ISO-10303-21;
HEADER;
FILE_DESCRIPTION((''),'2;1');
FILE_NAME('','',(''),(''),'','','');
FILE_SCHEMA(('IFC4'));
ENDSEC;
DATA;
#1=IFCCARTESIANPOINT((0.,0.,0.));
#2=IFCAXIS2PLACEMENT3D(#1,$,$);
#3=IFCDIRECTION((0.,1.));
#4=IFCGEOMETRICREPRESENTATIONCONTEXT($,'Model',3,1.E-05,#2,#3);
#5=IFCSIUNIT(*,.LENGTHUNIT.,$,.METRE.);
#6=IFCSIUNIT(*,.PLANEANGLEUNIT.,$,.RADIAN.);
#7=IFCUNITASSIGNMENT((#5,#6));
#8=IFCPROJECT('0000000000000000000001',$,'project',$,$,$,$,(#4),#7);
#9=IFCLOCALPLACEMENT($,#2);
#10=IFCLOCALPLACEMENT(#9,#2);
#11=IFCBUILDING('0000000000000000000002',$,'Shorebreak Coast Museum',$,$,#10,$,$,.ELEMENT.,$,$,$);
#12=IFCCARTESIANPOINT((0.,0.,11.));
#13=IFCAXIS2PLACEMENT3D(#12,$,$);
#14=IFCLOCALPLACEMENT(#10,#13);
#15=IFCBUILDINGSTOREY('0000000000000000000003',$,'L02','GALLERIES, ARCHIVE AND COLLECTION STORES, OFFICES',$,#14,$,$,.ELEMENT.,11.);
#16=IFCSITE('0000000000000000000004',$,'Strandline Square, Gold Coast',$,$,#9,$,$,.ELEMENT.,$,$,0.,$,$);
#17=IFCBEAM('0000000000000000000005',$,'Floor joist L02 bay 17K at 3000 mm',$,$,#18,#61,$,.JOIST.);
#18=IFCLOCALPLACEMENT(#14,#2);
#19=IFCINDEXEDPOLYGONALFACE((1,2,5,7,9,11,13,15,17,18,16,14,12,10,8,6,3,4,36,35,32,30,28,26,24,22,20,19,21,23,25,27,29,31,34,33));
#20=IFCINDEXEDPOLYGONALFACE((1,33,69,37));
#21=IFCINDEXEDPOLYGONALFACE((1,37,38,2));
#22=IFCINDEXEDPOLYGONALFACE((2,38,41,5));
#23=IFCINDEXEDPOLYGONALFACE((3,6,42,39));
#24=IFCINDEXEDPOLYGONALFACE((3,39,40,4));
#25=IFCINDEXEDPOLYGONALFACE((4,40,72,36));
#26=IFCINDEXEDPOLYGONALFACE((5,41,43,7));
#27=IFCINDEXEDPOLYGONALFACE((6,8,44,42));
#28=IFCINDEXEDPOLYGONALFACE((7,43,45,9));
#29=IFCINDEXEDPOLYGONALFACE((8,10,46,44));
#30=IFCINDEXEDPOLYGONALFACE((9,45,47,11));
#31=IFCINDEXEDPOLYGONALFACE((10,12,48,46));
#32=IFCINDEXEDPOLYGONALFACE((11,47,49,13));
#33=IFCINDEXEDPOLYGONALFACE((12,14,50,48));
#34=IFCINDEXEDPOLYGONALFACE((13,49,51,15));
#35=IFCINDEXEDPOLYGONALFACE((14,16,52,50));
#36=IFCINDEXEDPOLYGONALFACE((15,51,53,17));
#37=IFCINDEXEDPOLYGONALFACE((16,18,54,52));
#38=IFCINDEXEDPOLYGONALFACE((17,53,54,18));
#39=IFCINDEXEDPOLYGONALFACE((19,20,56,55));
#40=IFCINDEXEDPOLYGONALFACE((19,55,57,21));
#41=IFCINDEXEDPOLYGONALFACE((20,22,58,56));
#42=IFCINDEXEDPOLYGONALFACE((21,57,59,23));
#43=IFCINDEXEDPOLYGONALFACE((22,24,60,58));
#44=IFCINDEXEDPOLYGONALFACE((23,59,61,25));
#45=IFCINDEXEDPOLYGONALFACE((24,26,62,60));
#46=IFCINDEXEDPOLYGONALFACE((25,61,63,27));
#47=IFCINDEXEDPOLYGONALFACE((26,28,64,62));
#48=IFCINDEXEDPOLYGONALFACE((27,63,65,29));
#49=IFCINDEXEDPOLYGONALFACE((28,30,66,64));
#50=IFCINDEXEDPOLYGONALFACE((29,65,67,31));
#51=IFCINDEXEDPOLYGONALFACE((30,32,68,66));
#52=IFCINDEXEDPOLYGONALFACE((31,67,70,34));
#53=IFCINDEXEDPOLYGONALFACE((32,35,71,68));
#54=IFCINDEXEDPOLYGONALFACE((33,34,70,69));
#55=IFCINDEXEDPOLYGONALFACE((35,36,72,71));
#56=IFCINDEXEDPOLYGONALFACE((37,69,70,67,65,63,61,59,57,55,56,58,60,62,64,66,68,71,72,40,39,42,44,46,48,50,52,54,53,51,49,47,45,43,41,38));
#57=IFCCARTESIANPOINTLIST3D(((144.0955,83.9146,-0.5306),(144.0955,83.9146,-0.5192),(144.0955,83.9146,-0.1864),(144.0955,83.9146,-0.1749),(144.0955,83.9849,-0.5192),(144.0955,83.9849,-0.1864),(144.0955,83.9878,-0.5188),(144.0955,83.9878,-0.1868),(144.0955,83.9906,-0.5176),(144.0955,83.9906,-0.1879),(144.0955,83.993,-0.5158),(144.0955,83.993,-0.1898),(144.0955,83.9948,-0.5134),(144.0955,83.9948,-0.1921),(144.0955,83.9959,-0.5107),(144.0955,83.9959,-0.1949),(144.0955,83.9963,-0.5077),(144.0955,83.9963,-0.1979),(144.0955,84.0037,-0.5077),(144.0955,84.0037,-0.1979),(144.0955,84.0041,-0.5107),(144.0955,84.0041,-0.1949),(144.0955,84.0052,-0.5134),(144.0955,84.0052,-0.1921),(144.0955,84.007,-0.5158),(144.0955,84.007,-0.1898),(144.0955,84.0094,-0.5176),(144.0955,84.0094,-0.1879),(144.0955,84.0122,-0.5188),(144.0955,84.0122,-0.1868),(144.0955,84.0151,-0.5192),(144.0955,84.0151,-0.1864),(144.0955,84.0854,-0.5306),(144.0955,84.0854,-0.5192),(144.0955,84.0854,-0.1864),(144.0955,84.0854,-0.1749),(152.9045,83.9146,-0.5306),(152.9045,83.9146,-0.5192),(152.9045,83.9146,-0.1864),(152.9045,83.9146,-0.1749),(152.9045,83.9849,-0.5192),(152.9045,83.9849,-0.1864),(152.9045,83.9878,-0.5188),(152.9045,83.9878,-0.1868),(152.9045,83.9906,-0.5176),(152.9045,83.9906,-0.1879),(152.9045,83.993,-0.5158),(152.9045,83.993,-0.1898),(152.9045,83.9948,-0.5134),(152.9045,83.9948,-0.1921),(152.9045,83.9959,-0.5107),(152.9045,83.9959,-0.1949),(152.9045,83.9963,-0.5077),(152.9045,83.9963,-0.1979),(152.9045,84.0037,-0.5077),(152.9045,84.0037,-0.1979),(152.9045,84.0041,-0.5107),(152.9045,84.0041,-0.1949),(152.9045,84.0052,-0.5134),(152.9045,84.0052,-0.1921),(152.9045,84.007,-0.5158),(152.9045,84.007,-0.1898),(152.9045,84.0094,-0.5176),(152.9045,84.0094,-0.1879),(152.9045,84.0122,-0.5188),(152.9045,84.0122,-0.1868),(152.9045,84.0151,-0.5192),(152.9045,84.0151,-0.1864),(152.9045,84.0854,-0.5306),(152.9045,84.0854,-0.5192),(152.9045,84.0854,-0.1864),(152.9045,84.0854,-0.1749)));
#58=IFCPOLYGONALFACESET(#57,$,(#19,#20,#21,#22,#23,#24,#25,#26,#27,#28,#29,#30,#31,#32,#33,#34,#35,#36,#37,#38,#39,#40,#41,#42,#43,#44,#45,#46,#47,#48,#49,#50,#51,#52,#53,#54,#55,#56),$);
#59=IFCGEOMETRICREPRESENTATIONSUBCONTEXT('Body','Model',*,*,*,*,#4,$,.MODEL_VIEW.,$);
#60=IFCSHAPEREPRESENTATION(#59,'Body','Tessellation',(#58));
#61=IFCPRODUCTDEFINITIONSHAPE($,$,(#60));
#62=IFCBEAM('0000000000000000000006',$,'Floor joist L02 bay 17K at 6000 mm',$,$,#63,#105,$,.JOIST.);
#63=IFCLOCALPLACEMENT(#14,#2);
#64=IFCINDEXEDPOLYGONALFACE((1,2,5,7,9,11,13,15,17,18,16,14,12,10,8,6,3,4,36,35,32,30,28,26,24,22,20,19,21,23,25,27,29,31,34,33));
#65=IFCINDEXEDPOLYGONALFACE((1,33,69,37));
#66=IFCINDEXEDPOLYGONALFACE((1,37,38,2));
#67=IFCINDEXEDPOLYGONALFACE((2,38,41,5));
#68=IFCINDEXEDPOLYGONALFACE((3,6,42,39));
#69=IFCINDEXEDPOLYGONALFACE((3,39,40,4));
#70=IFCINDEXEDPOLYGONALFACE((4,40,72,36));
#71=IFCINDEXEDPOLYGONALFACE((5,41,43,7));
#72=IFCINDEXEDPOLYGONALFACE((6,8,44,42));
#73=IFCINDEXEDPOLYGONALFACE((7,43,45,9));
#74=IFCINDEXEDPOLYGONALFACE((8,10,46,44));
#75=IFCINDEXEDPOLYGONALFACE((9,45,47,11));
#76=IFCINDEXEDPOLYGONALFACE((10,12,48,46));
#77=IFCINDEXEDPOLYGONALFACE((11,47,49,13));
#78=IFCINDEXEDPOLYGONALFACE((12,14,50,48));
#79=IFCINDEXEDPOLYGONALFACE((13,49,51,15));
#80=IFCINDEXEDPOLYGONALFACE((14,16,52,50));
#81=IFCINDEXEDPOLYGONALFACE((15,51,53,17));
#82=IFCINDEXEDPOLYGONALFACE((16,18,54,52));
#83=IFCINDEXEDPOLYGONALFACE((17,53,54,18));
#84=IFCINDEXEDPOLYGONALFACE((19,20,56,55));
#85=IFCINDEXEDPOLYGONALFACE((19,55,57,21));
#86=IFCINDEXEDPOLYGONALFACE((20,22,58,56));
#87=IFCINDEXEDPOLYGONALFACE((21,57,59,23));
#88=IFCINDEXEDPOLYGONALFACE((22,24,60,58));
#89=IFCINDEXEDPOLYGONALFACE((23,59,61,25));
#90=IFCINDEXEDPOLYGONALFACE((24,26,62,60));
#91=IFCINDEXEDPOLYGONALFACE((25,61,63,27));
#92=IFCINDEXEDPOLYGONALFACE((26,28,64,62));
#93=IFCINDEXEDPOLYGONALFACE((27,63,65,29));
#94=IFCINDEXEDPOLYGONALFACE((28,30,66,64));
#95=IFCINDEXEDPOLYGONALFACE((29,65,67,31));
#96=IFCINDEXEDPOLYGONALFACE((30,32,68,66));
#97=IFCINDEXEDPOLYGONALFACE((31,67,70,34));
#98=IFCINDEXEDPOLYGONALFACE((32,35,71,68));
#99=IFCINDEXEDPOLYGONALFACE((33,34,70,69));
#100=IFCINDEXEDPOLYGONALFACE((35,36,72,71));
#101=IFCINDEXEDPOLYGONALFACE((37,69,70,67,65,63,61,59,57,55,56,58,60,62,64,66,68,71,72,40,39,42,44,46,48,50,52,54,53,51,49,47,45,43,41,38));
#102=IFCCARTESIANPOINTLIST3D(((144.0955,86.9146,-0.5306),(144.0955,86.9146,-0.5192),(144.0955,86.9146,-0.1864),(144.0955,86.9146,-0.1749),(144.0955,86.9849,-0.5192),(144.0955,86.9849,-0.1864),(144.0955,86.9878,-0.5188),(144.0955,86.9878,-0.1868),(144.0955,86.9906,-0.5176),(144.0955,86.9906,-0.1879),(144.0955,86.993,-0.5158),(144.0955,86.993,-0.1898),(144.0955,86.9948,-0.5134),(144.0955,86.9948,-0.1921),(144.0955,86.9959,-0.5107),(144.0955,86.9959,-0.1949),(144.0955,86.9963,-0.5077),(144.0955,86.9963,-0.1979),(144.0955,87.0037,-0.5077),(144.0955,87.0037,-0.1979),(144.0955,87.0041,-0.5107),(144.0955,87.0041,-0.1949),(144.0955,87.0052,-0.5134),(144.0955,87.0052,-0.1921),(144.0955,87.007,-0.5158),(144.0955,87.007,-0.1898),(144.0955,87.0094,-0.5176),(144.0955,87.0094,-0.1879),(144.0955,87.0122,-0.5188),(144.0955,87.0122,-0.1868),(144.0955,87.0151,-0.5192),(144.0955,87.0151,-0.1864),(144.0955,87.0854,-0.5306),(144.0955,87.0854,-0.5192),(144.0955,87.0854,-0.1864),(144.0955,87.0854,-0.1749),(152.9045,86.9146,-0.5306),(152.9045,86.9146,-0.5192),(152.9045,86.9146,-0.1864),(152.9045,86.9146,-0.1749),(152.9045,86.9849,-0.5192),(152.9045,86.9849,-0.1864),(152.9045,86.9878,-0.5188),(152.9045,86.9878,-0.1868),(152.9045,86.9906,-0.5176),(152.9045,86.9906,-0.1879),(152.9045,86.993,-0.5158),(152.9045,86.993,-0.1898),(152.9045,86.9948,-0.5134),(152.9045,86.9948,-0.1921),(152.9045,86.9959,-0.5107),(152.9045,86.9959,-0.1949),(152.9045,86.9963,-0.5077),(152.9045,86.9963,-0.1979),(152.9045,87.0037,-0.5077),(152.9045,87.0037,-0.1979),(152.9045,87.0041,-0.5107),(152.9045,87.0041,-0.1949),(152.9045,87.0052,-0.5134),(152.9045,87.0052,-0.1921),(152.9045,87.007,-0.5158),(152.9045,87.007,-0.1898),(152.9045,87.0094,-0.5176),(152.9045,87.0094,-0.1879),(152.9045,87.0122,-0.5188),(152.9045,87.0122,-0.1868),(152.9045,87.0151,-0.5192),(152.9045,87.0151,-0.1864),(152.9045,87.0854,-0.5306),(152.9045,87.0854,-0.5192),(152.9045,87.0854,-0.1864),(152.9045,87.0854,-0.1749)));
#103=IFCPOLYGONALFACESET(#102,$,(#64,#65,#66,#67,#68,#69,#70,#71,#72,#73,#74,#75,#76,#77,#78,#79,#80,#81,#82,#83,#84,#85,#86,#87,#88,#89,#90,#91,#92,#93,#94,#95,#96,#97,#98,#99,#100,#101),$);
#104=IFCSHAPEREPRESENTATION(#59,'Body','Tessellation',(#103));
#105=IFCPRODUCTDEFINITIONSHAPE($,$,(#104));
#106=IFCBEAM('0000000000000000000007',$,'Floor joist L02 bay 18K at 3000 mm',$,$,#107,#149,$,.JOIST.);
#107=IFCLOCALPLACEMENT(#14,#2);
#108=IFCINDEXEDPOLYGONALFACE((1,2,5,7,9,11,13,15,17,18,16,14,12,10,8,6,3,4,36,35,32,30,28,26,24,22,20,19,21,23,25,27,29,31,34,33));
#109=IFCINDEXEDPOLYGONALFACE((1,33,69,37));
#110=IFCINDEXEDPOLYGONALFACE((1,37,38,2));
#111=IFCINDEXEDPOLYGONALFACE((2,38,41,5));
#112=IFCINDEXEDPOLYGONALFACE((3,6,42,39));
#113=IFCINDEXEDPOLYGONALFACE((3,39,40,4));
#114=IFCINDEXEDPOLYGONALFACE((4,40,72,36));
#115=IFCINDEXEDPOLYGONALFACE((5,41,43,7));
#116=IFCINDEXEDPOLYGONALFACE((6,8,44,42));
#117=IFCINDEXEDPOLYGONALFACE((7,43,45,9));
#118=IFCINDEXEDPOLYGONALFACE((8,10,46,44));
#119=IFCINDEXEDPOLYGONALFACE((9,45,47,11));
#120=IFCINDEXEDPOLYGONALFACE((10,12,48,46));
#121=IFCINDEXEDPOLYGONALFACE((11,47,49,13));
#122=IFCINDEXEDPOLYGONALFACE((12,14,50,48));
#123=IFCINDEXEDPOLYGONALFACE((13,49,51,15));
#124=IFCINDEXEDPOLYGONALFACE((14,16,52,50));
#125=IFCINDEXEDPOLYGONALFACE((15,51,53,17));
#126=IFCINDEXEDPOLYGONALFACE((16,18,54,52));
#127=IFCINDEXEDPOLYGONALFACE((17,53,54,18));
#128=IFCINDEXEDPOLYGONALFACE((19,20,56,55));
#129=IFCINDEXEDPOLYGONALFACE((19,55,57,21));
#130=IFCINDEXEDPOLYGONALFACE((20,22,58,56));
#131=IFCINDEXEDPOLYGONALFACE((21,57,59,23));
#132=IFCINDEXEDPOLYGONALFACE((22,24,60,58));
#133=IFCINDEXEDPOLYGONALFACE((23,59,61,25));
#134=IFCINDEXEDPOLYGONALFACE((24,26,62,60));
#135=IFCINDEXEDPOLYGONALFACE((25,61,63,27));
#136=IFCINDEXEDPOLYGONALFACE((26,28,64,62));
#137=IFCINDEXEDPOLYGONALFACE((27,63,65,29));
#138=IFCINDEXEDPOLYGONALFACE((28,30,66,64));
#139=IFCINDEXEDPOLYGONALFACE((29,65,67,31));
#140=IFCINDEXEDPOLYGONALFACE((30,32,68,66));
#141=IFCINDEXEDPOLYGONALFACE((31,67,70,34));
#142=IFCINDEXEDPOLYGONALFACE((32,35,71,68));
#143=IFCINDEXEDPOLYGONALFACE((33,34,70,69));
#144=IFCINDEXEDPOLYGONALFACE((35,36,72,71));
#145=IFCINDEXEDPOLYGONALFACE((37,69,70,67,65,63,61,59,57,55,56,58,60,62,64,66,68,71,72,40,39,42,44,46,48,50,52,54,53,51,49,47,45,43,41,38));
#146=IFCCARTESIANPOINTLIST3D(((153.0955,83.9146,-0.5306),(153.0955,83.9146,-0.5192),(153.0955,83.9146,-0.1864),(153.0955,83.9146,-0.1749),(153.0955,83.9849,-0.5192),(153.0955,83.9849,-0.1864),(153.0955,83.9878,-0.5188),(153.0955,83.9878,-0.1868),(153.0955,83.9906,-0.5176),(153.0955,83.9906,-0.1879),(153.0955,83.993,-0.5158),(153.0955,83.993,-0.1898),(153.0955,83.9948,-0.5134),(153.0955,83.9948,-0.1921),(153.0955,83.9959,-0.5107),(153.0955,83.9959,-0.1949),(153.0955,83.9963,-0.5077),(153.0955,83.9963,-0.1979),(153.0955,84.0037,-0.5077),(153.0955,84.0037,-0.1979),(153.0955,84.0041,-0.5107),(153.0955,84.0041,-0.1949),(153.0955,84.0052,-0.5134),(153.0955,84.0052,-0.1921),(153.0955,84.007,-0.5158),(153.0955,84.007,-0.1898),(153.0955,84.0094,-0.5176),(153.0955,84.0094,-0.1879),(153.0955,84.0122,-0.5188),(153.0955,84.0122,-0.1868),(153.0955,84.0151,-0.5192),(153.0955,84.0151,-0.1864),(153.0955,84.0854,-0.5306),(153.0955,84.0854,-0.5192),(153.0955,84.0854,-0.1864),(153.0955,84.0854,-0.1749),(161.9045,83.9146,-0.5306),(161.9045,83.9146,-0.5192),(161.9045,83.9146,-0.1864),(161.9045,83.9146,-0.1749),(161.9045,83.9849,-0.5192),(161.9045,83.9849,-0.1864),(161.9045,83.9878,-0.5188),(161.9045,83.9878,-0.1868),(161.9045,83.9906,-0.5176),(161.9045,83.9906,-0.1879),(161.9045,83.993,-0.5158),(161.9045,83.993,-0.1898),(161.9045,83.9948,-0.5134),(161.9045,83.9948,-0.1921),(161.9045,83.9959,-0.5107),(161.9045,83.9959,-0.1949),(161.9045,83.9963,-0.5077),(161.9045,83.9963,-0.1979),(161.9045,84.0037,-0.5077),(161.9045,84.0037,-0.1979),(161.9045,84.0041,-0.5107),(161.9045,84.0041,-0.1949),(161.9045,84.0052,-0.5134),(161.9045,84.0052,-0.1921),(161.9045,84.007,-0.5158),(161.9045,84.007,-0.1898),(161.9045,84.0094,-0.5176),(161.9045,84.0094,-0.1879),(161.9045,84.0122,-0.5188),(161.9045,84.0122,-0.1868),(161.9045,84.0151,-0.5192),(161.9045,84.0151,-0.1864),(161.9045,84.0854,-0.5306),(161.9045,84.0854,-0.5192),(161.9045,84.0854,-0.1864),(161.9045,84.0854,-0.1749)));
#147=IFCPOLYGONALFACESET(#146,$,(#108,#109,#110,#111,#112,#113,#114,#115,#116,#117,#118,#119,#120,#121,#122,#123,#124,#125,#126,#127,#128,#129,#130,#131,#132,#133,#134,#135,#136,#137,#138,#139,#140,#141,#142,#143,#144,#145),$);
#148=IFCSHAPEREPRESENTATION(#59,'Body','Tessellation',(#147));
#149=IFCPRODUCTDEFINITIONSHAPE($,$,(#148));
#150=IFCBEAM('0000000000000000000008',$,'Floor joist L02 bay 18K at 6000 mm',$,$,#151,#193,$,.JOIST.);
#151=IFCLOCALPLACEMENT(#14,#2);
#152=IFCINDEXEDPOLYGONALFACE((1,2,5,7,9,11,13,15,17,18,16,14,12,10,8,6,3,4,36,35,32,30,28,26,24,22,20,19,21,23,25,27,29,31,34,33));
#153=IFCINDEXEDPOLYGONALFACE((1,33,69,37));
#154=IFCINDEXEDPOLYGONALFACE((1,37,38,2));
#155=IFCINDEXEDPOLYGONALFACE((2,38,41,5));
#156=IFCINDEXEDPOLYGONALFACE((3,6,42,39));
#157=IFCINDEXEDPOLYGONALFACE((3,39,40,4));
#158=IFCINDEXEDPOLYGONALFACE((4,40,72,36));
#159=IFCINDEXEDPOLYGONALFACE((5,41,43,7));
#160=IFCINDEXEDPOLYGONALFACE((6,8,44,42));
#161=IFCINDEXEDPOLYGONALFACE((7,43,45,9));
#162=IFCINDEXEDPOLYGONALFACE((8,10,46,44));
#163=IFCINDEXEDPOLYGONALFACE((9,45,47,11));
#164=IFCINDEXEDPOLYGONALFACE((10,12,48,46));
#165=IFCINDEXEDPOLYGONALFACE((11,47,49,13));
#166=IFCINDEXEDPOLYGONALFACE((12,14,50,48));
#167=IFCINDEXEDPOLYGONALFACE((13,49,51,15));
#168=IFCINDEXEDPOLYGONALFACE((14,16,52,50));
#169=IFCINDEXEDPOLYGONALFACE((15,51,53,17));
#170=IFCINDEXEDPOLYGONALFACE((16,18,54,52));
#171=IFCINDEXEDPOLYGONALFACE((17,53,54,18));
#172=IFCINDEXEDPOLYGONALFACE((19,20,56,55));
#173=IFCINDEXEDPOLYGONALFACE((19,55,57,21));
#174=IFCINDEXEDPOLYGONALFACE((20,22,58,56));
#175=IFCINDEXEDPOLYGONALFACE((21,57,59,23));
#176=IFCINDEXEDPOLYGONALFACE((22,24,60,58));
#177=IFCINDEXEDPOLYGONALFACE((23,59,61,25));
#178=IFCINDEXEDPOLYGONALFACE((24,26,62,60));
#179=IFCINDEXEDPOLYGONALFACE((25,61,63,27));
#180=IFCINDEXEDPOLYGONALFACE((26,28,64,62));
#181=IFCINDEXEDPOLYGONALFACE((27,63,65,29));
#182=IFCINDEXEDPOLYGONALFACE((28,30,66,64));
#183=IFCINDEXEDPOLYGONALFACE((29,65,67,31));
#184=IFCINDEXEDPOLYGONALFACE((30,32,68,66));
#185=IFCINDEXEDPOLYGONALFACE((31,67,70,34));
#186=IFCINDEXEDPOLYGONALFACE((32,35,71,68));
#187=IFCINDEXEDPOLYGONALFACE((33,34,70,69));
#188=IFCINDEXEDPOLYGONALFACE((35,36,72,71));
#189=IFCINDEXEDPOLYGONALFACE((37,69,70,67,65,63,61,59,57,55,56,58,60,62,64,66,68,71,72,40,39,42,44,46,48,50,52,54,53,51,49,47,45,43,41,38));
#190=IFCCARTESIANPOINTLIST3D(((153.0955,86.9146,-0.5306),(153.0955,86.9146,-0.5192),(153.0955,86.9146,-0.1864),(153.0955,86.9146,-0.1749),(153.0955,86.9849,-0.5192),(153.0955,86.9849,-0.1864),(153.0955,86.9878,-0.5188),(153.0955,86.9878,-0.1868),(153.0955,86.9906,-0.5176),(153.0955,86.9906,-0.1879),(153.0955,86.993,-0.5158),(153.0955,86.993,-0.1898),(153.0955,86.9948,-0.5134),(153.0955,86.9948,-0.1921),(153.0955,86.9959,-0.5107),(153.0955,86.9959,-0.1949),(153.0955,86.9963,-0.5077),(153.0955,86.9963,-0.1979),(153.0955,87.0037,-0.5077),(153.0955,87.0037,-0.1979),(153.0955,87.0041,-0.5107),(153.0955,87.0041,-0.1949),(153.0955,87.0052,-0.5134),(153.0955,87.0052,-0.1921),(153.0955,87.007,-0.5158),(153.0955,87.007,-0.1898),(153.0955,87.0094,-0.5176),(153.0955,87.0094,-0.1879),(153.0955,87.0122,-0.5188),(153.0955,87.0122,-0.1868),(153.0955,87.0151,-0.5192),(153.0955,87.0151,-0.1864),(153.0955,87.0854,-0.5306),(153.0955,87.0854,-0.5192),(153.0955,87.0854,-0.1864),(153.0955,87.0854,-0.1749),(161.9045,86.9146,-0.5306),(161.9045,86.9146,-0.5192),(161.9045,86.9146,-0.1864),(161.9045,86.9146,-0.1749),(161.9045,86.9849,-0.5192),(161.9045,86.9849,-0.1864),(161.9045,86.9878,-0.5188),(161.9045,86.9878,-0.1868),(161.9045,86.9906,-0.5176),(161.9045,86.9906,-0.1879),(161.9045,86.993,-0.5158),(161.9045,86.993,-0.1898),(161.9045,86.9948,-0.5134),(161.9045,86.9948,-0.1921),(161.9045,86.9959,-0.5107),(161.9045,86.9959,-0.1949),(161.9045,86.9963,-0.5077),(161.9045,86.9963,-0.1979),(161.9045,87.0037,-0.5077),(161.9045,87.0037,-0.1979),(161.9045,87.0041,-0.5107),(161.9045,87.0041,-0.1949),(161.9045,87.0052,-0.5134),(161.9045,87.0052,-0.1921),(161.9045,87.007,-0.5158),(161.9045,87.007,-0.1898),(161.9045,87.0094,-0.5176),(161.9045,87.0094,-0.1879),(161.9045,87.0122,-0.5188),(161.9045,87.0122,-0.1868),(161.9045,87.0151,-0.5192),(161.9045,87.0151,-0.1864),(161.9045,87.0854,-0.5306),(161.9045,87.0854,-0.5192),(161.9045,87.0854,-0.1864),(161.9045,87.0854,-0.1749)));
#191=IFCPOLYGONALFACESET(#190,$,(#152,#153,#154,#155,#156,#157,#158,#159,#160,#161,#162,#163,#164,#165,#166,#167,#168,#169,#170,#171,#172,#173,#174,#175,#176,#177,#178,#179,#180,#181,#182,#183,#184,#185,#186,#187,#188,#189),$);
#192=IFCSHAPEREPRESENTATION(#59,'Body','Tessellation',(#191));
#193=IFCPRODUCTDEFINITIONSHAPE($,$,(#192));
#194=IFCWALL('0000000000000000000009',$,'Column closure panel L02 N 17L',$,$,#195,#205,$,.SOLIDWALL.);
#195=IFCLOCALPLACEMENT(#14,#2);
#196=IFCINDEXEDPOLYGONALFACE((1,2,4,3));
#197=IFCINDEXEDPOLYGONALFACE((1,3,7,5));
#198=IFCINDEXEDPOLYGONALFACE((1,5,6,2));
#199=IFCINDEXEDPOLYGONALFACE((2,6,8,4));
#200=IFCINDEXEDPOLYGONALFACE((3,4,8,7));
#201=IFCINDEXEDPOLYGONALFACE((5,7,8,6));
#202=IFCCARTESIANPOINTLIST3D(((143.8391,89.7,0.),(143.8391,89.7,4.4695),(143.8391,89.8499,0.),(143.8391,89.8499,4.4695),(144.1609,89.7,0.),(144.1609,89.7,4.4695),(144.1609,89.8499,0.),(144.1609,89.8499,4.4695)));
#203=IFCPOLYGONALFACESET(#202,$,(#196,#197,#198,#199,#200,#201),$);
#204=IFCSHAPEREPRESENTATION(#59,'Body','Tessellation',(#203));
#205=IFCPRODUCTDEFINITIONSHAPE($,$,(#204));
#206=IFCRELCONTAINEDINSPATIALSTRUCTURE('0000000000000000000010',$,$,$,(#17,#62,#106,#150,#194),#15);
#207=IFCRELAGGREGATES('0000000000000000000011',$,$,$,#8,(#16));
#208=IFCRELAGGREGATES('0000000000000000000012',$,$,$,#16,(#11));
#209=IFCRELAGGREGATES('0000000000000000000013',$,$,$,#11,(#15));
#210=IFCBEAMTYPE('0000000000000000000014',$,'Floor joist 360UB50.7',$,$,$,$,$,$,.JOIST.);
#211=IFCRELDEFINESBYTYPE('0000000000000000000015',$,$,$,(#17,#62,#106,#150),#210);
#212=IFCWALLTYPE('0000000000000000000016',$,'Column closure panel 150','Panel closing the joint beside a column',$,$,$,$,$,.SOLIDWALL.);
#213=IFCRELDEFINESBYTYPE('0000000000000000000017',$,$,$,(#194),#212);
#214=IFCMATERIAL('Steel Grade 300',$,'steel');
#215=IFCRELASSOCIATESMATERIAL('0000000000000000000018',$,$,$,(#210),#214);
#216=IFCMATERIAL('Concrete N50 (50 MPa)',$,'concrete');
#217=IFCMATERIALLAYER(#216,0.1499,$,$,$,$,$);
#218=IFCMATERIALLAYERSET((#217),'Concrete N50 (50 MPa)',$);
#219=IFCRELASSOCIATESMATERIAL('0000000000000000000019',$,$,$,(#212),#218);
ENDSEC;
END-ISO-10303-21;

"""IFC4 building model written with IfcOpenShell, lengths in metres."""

from ifc_helpers import new_model, si_unit, direction, frame, frame_2d, origin, origin_2d, place, context, subcontext, project, spatial, rectangle, i_section, extrude, material, layer, layer_set, material_profile, profile_set, type_object, element, save


model = new_model("IFC4")

# Units and contexts
model_context = context("Model", 3, precision=1e-05, world=origin(), true_north=direction((0.0, 1.0)))
body_context = subcontext(model_context, "Body", "Model", "MODEL_VIEW")
ifc_project = project(units=[si_unit("LENGTHUNIT", "METRE"), si_unit("PLANEANGLEUNIT", "RADIAN")], contexts=[model_context])

# Site, building, storey
site_placement = place(None, origin())
site = spatial("IfcSite", under=ifc_project, at=site_placement, Name="Strandline Square, Gold Coast", CompositionType="ELEMENT", RefElevation=0.0)
building_placement = place(site_placement, origin())
building = spatial("IfcBuilding", under=site, at=building_placement, Name="Shorebreak Coast Museum", CompositionType="ELEMENT")
storey_placement = place(building_placement, frame((0.0, 0.0, 11.0)))
storey = spatial("IfcBuildingStorey", under=building, at=storey_placement, Name="L02", Description="GALLERIES, ARCHIVE AND COLLECTION STORES, OFFICES", CompositionType="ELEMENT", Elevation=11.0)

# Beams
ifc_material_1 = material(Name="Steel Grade 300", Category="steel")
ifc_material_profile_1 = material_profile(ifc_material_1, i_section(OverallWidth=0.1709, OverallDepth=0.3557, WebThickness=0.0073, FlangeThickness=0.0115, FilletRadius=0.0115, at=origin_2d()), Name="360UB50.7")
ifc_profile_set_1 = profile_set([ifc_material_profile_1], Name="Steel Grade 300")
beam_type_1 = type_object("IfcBeamType", Name="Floor joist 360UB50.7", PredefinedType="JOIST", material=ifc_profile_set_1)
for number, where, z_axis, x_axis, name in (
    (1, (144.0955, 84.0, -0.3528), (1.0, 0.0, 0.0), (0.0, 1.0, 0.0), "Floor joist L02 bay 17K at 3000 mm"),
    (2, (144.0955, 87.0, -0.3528), (1.0, 0.0, 0.0), (0.0, 1.0, 0.0), "Floor joist L02 bay 17K at 6000 mm"),
    (3, (153.0955, 84.0, -0.3528), (1.0, 0.0, 0.0), (0.0, 1.0, 0.0), "Floor joist L02 bay 18K at 3000 mm"),
    (4, (153.0955, 87.0, -0.3528), (1.0, 0.0, 0.0), (0.0, 1.0, 0.0), "Floor joist L02 bay 18K at 6000 mm"),
):
    element("IfcBeam", number, at=place(storey_placement, frame(where, z_axis=z_axis, x_axis=x_axis)), inside=storey, type_object=beam_type_1, Name=name, PredefinedType="JOIST", context=body_context, shape_type="SweptSolid", body=[
        extrude(i_section(OverallWidth=0.1709, OverallDepth=0.3557, WebThickness=0.0073, FlangeThickness=0.0115, FilletRadius=0.0115, at=origin_2d()), origin(), (0.0, 0.0, 1.0), 8.8091),
    ])

# Wall
ifc_material_2 = material(Name="Concrete N50 (50 MPa)", Category="concrete")
ifc_layer_1 = layer(ifc_material_2, 0.1499)
ifc_layer_set_1 = layer_set([ifc_layer_1], Name="Concrete N50 (50 MPa)")
wall_type_1 = type_object("IfcWallType", Name="Column closure panel 150", Description="Panel closing the joint beside a column", PredefinedType="SOLIDWALL", material=ifc_layer_set_1)
for number, where, z_axis, x_axis, name in (
    (5, (143.8391, 89.7749, 0.0), (0.0, 0.0, 1.0), (1.0, 0.0, 0.0), "Column closure panel L02 N 17L"),
):
    element("IfcWall", number, at=place(storey_placement, frame(where, z_axis=z_axis, x_axis=x_axis)), inside=storey, type_object=wall_type_1, Name=name, PredefinedType="SOLIDWALL", context=body_context, shape_type="SweptSolid", body=[
        extrude(rectangle(XDim=0.3218, YDim=0.1499, at=frame_2d((0.1609, 0.0))), origin(), (0.0, 0.0, 1.0), 4.4695),
    ])

save(model, "model.ifc")
